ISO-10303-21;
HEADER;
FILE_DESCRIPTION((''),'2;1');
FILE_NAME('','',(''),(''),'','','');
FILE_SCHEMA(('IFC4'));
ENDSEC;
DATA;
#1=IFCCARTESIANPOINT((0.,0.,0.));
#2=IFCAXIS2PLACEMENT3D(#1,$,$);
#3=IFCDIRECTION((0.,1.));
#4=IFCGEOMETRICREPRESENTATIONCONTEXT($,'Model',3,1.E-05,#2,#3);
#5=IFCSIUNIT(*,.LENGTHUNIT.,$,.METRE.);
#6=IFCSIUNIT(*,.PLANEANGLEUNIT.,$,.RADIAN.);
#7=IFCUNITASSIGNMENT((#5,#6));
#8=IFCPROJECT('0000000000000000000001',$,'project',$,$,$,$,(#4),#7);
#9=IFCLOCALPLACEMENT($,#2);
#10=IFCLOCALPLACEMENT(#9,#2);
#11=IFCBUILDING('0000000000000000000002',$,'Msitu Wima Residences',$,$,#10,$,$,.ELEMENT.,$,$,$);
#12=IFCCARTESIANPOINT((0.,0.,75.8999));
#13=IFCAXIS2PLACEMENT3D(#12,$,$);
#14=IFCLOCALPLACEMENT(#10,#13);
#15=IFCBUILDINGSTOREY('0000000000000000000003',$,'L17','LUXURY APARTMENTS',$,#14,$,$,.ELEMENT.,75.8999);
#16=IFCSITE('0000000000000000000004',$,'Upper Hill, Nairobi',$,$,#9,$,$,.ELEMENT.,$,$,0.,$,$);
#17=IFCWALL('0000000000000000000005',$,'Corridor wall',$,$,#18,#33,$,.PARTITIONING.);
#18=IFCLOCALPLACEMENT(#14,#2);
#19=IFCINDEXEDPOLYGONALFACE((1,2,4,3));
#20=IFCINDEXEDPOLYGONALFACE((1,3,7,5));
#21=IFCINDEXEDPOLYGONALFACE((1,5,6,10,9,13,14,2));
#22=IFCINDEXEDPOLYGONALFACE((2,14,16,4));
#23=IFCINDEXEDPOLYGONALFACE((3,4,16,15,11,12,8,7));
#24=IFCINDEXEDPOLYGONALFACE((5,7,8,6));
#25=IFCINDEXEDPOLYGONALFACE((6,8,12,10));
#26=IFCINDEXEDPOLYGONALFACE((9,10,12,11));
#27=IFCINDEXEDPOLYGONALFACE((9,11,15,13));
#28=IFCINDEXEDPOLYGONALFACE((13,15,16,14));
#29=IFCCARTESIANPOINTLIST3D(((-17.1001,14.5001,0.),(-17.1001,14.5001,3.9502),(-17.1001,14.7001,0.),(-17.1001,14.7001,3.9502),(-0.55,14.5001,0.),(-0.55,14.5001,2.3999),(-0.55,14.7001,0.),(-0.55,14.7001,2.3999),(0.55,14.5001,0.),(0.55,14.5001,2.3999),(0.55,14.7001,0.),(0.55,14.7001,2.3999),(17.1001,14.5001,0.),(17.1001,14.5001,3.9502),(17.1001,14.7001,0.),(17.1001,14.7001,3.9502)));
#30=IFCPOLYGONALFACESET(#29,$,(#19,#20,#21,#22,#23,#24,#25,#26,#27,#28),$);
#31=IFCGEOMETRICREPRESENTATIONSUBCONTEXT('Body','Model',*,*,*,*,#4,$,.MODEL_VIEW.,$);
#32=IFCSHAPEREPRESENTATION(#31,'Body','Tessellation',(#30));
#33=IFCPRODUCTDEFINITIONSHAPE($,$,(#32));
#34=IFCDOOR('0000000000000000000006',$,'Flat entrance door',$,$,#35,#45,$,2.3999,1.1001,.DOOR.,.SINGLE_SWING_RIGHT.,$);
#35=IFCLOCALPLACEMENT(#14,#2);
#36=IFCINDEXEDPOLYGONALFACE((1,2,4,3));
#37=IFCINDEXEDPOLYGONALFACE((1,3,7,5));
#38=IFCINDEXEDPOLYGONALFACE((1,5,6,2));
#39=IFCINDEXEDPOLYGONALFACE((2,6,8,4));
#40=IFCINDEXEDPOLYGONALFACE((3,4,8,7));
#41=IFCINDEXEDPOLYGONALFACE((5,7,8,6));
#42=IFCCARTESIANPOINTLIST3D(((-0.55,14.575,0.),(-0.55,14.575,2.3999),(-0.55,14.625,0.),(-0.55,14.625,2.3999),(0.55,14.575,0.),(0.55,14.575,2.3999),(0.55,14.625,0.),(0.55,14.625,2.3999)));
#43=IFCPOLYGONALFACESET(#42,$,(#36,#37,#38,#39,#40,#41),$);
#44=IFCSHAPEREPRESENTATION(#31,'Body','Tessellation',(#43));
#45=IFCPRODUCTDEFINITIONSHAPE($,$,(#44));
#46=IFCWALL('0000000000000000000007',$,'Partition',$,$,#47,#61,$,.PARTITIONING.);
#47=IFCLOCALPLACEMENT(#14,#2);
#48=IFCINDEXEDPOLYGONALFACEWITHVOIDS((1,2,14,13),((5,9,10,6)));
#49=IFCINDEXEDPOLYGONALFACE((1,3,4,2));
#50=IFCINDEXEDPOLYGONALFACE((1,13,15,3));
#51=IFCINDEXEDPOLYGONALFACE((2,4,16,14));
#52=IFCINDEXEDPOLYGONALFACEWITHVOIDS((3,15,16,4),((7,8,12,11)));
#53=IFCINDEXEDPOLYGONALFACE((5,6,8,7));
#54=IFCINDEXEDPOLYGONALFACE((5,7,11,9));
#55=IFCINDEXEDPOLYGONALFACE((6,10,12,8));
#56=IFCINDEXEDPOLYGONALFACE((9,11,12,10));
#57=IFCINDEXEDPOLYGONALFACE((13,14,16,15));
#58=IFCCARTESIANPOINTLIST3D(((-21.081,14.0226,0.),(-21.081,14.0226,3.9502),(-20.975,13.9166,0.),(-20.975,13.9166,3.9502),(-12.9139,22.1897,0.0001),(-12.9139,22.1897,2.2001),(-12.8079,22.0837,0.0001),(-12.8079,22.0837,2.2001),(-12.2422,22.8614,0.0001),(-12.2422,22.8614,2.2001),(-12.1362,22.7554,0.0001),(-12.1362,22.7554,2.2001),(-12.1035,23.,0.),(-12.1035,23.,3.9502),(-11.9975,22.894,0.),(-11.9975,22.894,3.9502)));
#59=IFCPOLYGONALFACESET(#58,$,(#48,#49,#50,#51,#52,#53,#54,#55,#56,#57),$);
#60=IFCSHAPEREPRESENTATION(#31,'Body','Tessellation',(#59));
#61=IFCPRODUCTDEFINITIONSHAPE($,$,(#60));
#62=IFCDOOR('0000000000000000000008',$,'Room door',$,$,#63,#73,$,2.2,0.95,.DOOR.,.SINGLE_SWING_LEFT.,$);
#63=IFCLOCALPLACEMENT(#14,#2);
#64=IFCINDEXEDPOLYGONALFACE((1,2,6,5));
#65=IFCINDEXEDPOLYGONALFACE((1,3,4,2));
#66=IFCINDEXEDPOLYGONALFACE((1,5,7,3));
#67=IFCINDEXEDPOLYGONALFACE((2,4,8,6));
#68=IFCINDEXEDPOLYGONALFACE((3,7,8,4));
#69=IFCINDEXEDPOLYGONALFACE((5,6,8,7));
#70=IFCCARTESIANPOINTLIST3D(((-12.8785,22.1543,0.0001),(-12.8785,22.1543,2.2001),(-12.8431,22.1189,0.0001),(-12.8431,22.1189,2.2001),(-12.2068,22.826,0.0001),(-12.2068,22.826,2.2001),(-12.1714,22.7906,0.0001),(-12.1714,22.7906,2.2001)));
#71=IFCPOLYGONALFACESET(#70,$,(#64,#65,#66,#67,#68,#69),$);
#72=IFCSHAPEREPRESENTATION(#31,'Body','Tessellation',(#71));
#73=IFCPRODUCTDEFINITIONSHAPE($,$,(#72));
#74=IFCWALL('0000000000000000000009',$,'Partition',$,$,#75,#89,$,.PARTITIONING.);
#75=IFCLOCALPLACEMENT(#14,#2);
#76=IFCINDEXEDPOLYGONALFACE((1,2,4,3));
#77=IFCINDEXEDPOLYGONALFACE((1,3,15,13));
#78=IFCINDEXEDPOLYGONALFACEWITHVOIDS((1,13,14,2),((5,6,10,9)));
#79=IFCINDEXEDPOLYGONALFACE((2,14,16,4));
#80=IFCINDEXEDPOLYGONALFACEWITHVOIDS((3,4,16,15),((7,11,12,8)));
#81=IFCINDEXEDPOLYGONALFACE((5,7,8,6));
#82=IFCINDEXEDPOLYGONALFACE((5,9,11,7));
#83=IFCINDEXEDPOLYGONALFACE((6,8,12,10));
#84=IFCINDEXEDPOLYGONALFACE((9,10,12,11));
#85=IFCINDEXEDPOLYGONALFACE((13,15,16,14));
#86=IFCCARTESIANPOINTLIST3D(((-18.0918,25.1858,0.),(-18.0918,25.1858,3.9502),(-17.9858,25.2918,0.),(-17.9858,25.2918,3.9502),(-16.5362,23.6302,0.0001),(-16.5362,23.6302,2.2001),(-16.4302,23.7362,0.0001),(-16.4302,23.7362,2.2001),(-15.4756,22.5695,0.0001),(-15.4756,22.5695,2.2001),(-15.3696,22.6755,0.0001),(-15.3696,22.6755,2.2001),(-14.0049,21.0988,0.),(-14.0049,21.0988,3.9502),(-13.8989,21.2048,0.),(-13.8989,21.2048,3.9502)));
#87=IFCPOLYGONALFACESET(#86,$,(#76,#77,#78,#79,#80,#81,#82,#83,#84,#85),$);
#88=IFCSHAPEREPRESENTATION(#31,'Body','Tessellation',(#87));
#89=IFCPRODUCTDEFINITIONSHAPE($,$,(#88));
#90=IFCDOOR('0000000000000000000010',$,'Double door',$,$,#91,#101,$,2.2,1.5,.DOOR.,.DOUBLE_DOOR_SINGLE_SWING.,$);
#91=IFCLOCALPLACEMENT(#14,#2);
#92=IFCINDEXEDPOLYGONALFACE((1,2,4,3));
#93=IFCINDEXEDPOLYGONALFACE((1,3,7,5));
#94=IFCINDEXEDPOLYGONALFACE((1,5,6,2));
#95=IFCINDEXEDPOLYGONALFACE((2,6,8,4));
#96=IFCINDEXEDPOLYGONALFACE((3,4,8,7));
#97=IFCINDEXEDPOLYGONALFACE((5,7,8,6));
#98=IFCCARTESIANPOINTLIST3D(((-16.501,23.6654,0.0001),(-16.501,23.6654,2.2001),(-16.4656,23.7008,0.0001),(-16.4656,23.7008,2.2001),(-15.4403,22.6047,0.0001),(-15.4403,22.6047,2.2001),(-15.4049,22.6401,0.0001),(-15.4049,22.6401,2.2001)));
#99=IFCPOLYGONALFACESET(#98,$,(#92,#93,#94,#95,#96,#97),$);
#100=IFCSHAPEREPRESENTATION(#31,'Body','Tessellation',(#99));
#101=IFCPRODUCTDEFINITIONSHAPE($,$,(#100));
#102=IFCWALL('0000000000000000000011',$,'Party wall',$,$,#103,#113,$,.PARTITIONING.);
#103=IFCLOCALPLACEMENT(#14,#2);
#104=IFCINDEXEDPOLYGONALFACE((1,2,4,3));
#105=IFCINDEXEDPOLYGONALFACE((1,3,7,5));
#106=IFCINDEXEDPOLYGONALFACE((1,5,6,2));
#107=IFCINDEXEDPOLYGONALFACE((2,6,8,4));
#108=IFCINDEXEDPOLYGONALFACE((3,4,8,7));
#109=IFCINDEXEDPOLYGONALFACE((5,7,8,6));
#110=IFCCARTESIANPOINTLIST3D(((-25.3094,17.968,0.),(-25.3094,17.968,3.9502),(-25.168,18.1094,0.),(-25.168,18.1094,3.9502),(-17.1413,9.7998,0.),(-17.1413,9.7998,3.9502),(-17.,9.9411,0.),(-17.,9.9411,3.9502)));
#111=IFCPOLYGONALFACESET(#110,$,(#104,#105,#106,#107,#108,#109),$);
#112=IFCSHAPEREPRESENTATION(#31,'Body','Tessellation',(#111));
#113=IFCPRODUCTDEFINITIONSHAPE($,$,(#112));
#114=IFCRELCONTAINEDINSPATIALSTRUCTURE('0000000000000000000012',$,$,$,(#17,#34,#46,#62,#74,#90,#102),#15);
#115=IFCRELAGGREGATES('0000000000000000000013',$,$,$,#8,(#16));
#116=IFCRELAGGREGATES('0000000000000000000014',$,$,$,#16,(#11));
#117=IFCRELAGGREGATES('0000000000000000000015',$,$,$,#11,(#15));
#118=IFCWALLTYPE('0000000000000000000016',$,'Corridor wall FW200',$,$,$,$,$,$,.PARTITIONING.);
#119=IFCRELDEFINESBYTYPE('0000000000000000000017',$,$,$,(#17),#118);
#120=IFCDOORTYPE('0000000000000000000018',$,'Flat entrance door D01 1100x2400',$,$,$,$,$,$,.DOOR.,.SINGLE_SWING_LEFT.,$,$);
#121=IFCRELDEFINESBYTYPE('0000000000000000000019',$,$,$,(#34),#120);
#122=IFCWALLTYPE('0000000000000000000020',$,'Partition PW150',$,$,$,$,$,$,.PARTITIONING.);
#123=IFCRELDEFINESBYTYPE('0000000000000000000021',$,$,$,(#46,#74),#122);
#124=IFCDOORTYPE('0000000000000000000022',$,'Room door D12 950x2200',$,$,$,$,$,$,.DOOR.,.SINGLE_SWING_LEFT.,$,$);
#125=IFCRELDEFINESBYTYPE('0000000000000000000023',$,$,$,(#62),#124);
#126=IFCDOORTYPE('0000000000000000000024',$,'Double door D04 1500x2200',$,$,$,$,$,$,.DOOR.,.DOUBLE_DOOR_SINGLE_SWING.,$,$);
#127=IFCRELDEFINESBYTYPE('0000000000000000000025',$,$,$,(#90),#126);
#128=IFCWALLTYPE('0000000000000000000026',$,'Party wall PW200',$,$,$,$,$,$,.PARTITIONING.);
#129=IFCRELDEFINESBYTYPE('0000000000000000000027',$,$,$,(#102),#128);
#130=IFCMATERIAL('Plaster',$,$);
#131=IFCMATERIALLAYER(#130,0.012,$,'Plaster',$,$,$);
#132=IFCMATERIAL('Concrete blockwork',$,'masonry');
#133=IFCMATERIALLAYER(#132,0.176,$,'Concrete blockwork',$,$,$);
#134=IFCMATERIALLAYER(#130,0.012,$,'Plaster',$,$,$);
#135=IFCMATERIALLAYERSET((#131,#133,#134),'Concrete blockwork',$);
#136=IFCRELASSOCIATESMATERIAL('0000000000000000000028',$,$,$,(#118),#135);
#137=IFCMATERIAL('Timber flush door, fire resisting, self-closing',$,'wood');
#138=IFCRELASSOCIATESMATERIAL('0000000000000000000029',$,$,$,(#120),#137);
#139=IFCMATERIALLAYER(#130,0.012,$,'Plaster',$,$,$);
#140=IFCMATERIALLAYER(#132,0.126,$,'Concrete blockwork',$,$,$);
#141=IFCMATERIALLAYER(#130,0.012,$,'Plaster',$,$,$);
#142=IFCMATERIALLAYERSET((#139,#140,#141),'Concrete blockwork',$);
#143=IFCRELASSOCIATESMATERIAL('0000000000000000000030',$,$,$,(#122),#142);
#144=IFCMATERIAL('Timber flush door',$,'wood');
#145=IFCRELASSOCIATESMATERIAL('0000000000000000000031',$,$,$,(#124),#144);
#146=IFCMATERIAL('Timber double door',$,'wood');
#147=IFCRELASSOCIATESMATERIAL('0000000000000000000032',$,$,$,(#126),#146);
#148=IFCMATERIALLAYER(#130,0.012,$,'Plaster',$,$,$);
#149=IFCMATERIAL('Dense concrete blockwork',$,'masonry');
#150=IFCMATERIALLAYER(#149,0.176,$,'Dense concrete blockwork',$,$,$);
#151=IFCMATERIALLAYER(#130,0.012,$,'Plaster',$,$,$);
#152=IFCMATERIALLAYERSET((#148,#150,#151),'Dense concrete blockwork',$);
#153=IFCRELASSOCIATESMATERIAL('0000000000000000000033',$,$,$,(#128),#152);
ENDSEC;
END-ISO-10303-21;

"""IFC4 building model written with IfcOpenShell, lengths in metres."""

from ifc_helpers import new_model, si_unit, direction, frame, frame_2d, origin, place, context, subcontext, project, spatial, rectangle, extrude, material, layer, layer_set, type_object, element, fill, save


model = new_model("IFC4")

# Units and contexts
model_context = context("Model", 3, precision=1e-05, world=origin(), true_north=direction((0.0, 1.0)))
body_context = subcontext(model_context, "Body", "Model", "MODEL_VIEW")
ifc_project = project(units=[si_unit("LENGTHUNIT", "METRE"), si_unit("PLANEANGLEUNIT", "RADIAN")], contexts=[model_context])

# Site, building, storey
site_placement = place(None, origin())
site = spatial("IfcSite", under=ifc_project, at=site_placement, Name="Upper Hill, Nairobi", CompositionType="ELEMENT", RefElevation=0.0)
building_placement = place(site_placement, origin())
building = spatial("IfcBuilding", under=site, at=building_placement, Name="Msitu Wima Residences", CompositionType="ELEMENT")
storey_placement = place(building_placement, frame((0.0, 0.0, 75.8999)))
storey = spatial("IfcBuildingStorey", under=building, at=storey_placement, Name="L17", Description="LUXURY APARTMENTS", CompositionType="ELEMENT", Elevation=75.8999)

# Walls, openings, doors
ifc_material_1 = material(Name="Plaster")
ifc_layer_1 = layer(ifc_material_1, 0.012, Name="Plaster")
ifc_material_2 = material(Name="Concrete blockwork", Category="masonry")
ifc_layer_2 = layer(ifc_material_2, 0.176, Name="Concrete blockwork")
ifc_layer_3 = layer(ifc_material_1, 0.012, Name="Plaster")
ifc_layer_set_1 = layer_set([ifc_layer_1, ifc_layer_2, ifc_layer_3], Name="Concrete blockwork")
wall_type_1 = type_object("IfcWallType", Name="Corridor wall FW200", PredefinedType="PARTITIONING", material=ifc_layer_set_1)
wall_1_placement = place(storey_placement, frame((-17.1001, 14.6001, 0.0), z_axis=(0.0, 0.0, 1.0), x_axis=(1.0, 0.0, 0.0)))
wall_1 = element("IfcWall", 1, at=wall_1_placement, inside=storey, type_object=wall_type_1, Name="Corridor wall", PredefinedType="PARTITIONING", context=body_context, shape_type="SweptSolid", body=[
    extrude(rectangle(XDim=34.2002, YDim=0.2, at=frame_2d((17.1001, 0.0))), origin(), (0.0, 0.0, 1.0), 3.9502),
])
opening_1_placement = place(wall_1_placement, frame((16.55, 0.0, 0.0)))
opening_1 = element("IfcOpeningElement", 2, at=opening_1_placement, cuts=wall_1, PredefinedType="OPENING", context=body_context, shape_type="SweptSolid", body=[
    extrude(rectangle(XDim=1.1001, YDim=2.3999, at=frame_2d((0.55, 1.2))), frame((0.0, 0.1099, 0.0), z_axis=(0.0, -1.0, 0.0), x_axis=(1.0, 0.0, 0.0)), (0.0, 0.0, 1.0), 0.22),
])
ifc_material_3 = material(Name="Timber flush door, fire resisting, self-closing", Category="wood")
door_type_1 = type_object("IfcDoorType", Name="Flat entrance door D01 1100x2400", OperationType="SINGLE_SWING_LEFT", PredefinedType="DOOR", material=ifc_material_3)
door_1_placement = place(opening_1_placement, origin())
door_1 = element("IfcDoor", 3, at=door_1_placement, inside=storey, type_object=door_type_1, Name="Flat entrance door", OperationType="SINGLE_SWING_RIGHT", OverallHeight=2.3999, OverallWidth=1.1001, PredefinedType="DOOR", context=body_context, shape_type="SweptSolid", body=[
    extrude(rectangle(XDim=1.1001, YDim=2.3999, at=frame_2d((0.55, 1.2))), frame((0.0, 0.0249, 0.0), z_axis=(0.0, -1.0, 0.0), x_axis=(1.0, 0.0, 0.0)), (0.0, 0.0, 1.0), 0.05),
])
fill(opening_1, door_1)
ifc_layer_4 = layer(ifc_material_1, 0.012, Name="Plaster")
ifc_layer_5 = layer(ifc_material_2, 0.126, Name="Concrete blockwork")
ifc_layer_6 = layer(ifc_material_1, 0.012, Name="Plaster")
ifc_layer_set_2 = layer_set([ifc_layer_4, ifc_layer_5, ifc_layer_6], Name="Concrete blockwork")
wall_type_2 = type_object("IfcWallType", Name="Partition PW150", PredefinedType="PARTITIONING", material=ifc_layer_set_2)
wall_2_placement = place(storey_placement, frame((-21.0281, 13.9695, 0.0), z_axis=(0.0, 0.0, 1.0), x_axis=(0.707107, 0.707107, 0.0)))
wall_2 = element("IfcWall", 4, at=wall_2_placement, inside=storey, type_object=wall_type_2, Name="Partition", PredefinedType="PARTITIONING", context=body_context, shape_type="SweptSolid", body=[
    extrude(rectangle(XDim=12.696, YDim=0.1499, at=frame_2d((6.3481, 0.0))), origin(), (0.0, 0.0, 1.0), 3.9502),
])
opening_2_placement = place(wall_2_placement, frame((11.55, 0.0, 0.0)))
opening_2 = element("IfcOpeningElement", 5, at=opening_2_placement, cuts=wall_2, PredefinedType="OPENING", context=body_context, shape_type="SweptSolid", body=[
    extrude(rectangle(XDim=0.95, YDim=2.2, at=frame_2d((0.4751, 1.1001))), frame((0.0, 0.085, 0.0), z_axis=(0.0, -1.0, 0.0), x_axis=(1.0, 0.0, 0.0)), (0.0, 0.0, 1.0), 0.1699),
])
ifc_material_4 = material(Name="Timber flush door", Category="wood")
door_type_2 = type_object("IfcDoorType", Name="Room door D12 950x2200", OperationType="SINGLE_SWING_LEFT", PredefinedType="DOOR", material=ifc_material_4)
door_2_placement = place(opening_2_placement, origin())
door_2 = element("IfcDoor", 6, at=door_2_placement, inside=storey, type_object=door_type_2, Name="Room door", OperationType="SINGLE_SWING_LEFT", OverallHeight=2.2, OverallWidth=0.95, PredefinedType="DOOR", context=body_context, shape_type="SweptSolid", body=[
    extrude(rectangle(XDim=0.95, YDim=2.2, at=frame_2d((0.4751, 1.1001))), frame((0.0, 0.0249, 0.0), z_axis=(0.0, -1.0, 0.0), x_axis=(1.0, 0.0, 0.0)), (0.0, 0.0, 1.0), 0.05),
])
fill(opening_2, door_2)
wall_3_placement = place(storey_placement, frame((-18.0388, 25.2388, 0.0), z_axis=(0.0, 0.0, 1.0), x_axis=(0.707107, -0.707107, 0.0)))
wall_3 = element("IfcWall", 7, at=wall_3_placement, inside=storey, type_object=wall_type_2, Name="Partition", PredefinedType="PARTITIONING", context=body_context, shape_type="SweptSolid", body=[
    extrude(rectangle(XDim=5.7798, YDim=0.1499, at=frame_2d((2.8899, 0.0))), origin(), (0.0, 0.0, 1.0), 3.9502),
])
opening_3_placement = place(wall_3_placement, frame((2.2, 0.0, 0.0)))
opening_3 = element("IfcOpeningElement", 8, at=opening_3_placement, cuts=wall_3, PredefinedType="OPENING", context=body_context, shape_type="SweptSolid", body=[
    extrude(rectangle(XDim=1.5, YDim=2.2, at=frame_2d((0.75, 1.1001))), frame((0.0, 0.085, 0.0), z_axis=(0.0, -1.0, 0.0), x_axis=(1.0, 0.0, 0.0)), (0.0, 0.0, 1.0), 0.1699),
])
ifc_material_5 = material(Name="Timber double door", Category="wood")
door_type_3 = type_object("IfcDoorType", Name="Double door D04 1500x2200", OperationType="DOUBLE_DOOR_SINGLE_SWING", PredefinedType="DOOR", material=ifc_material_5)
door_3_placement = place(opening_3_placement, origin())
door_3 = element("IfcDoor", 9, at=door_3_placement, inside=storey, type_object=door_type_3, Name="Double door", OperationType="DOUBLE_DOOR_SINGLE_SWING", OverallHeight=2.2, OverallWidth=1.5, PredefinedType="DOOR", context=body_context, shape_type="SweptSolid", body=[
    extrude(rectangle(XDim=1.5, YDim=2.2, at=frame_2d((0.75, 1.1001))), frame((0.0, 0.0249, 0.0), z_axis=(0.0, -1.0, 0.0), x_axis=(1.0, 0.0, 0.0)), (0.0, 0.0, 1.0), 0.05),
])
fill(opening_3, door_3)

# Wall
ifc_layer_7 = layer(ifc_material_1, 0.012, Name="Plaster")
ifc_material_6 = material(Name="Dense concrete blockwork", Category="masonry")
ifc_layer_8 = layer(ifc_material_6, 0.176, Name="Dense concrete blockwork")
ifc_layer_9 = layer(ifc_material_1, 0.012, Name="Plaster")
ifc_layer_set_3 = layer_set([ifc_layer_7, ifc_layer_8, ifc_layer_9], Name="Dense concrete blockwork")
wall_type_3 = type_object("IfcWallType", Name="Party wall PW200", PredefinedType="PARTITIONING", material=ifc_layer_set_3)
wall_4_placement = place(storey_placement, frame((-25.2388, 18.0388, 0.0), z_axis=(0.0, 0.0, 1.0), x_axis=(0.707096, -0.707117, 0.0)))
element("IfcWall", 10, at=wall_4_placement, inside=storey, type_object=wall_type_3, Name="Party wall", PredefinedType="PARTITIONING", context=body_context, shape_type="SweptSolid", body=[
    extrude(rectangle(XDim=11.5515, YDim=0.2, at=frame_2d((5.7759, 0.0))), origin(), (0.0, 0.0, 1.0), 3.9502),
])

save(model, "model.ifc")
